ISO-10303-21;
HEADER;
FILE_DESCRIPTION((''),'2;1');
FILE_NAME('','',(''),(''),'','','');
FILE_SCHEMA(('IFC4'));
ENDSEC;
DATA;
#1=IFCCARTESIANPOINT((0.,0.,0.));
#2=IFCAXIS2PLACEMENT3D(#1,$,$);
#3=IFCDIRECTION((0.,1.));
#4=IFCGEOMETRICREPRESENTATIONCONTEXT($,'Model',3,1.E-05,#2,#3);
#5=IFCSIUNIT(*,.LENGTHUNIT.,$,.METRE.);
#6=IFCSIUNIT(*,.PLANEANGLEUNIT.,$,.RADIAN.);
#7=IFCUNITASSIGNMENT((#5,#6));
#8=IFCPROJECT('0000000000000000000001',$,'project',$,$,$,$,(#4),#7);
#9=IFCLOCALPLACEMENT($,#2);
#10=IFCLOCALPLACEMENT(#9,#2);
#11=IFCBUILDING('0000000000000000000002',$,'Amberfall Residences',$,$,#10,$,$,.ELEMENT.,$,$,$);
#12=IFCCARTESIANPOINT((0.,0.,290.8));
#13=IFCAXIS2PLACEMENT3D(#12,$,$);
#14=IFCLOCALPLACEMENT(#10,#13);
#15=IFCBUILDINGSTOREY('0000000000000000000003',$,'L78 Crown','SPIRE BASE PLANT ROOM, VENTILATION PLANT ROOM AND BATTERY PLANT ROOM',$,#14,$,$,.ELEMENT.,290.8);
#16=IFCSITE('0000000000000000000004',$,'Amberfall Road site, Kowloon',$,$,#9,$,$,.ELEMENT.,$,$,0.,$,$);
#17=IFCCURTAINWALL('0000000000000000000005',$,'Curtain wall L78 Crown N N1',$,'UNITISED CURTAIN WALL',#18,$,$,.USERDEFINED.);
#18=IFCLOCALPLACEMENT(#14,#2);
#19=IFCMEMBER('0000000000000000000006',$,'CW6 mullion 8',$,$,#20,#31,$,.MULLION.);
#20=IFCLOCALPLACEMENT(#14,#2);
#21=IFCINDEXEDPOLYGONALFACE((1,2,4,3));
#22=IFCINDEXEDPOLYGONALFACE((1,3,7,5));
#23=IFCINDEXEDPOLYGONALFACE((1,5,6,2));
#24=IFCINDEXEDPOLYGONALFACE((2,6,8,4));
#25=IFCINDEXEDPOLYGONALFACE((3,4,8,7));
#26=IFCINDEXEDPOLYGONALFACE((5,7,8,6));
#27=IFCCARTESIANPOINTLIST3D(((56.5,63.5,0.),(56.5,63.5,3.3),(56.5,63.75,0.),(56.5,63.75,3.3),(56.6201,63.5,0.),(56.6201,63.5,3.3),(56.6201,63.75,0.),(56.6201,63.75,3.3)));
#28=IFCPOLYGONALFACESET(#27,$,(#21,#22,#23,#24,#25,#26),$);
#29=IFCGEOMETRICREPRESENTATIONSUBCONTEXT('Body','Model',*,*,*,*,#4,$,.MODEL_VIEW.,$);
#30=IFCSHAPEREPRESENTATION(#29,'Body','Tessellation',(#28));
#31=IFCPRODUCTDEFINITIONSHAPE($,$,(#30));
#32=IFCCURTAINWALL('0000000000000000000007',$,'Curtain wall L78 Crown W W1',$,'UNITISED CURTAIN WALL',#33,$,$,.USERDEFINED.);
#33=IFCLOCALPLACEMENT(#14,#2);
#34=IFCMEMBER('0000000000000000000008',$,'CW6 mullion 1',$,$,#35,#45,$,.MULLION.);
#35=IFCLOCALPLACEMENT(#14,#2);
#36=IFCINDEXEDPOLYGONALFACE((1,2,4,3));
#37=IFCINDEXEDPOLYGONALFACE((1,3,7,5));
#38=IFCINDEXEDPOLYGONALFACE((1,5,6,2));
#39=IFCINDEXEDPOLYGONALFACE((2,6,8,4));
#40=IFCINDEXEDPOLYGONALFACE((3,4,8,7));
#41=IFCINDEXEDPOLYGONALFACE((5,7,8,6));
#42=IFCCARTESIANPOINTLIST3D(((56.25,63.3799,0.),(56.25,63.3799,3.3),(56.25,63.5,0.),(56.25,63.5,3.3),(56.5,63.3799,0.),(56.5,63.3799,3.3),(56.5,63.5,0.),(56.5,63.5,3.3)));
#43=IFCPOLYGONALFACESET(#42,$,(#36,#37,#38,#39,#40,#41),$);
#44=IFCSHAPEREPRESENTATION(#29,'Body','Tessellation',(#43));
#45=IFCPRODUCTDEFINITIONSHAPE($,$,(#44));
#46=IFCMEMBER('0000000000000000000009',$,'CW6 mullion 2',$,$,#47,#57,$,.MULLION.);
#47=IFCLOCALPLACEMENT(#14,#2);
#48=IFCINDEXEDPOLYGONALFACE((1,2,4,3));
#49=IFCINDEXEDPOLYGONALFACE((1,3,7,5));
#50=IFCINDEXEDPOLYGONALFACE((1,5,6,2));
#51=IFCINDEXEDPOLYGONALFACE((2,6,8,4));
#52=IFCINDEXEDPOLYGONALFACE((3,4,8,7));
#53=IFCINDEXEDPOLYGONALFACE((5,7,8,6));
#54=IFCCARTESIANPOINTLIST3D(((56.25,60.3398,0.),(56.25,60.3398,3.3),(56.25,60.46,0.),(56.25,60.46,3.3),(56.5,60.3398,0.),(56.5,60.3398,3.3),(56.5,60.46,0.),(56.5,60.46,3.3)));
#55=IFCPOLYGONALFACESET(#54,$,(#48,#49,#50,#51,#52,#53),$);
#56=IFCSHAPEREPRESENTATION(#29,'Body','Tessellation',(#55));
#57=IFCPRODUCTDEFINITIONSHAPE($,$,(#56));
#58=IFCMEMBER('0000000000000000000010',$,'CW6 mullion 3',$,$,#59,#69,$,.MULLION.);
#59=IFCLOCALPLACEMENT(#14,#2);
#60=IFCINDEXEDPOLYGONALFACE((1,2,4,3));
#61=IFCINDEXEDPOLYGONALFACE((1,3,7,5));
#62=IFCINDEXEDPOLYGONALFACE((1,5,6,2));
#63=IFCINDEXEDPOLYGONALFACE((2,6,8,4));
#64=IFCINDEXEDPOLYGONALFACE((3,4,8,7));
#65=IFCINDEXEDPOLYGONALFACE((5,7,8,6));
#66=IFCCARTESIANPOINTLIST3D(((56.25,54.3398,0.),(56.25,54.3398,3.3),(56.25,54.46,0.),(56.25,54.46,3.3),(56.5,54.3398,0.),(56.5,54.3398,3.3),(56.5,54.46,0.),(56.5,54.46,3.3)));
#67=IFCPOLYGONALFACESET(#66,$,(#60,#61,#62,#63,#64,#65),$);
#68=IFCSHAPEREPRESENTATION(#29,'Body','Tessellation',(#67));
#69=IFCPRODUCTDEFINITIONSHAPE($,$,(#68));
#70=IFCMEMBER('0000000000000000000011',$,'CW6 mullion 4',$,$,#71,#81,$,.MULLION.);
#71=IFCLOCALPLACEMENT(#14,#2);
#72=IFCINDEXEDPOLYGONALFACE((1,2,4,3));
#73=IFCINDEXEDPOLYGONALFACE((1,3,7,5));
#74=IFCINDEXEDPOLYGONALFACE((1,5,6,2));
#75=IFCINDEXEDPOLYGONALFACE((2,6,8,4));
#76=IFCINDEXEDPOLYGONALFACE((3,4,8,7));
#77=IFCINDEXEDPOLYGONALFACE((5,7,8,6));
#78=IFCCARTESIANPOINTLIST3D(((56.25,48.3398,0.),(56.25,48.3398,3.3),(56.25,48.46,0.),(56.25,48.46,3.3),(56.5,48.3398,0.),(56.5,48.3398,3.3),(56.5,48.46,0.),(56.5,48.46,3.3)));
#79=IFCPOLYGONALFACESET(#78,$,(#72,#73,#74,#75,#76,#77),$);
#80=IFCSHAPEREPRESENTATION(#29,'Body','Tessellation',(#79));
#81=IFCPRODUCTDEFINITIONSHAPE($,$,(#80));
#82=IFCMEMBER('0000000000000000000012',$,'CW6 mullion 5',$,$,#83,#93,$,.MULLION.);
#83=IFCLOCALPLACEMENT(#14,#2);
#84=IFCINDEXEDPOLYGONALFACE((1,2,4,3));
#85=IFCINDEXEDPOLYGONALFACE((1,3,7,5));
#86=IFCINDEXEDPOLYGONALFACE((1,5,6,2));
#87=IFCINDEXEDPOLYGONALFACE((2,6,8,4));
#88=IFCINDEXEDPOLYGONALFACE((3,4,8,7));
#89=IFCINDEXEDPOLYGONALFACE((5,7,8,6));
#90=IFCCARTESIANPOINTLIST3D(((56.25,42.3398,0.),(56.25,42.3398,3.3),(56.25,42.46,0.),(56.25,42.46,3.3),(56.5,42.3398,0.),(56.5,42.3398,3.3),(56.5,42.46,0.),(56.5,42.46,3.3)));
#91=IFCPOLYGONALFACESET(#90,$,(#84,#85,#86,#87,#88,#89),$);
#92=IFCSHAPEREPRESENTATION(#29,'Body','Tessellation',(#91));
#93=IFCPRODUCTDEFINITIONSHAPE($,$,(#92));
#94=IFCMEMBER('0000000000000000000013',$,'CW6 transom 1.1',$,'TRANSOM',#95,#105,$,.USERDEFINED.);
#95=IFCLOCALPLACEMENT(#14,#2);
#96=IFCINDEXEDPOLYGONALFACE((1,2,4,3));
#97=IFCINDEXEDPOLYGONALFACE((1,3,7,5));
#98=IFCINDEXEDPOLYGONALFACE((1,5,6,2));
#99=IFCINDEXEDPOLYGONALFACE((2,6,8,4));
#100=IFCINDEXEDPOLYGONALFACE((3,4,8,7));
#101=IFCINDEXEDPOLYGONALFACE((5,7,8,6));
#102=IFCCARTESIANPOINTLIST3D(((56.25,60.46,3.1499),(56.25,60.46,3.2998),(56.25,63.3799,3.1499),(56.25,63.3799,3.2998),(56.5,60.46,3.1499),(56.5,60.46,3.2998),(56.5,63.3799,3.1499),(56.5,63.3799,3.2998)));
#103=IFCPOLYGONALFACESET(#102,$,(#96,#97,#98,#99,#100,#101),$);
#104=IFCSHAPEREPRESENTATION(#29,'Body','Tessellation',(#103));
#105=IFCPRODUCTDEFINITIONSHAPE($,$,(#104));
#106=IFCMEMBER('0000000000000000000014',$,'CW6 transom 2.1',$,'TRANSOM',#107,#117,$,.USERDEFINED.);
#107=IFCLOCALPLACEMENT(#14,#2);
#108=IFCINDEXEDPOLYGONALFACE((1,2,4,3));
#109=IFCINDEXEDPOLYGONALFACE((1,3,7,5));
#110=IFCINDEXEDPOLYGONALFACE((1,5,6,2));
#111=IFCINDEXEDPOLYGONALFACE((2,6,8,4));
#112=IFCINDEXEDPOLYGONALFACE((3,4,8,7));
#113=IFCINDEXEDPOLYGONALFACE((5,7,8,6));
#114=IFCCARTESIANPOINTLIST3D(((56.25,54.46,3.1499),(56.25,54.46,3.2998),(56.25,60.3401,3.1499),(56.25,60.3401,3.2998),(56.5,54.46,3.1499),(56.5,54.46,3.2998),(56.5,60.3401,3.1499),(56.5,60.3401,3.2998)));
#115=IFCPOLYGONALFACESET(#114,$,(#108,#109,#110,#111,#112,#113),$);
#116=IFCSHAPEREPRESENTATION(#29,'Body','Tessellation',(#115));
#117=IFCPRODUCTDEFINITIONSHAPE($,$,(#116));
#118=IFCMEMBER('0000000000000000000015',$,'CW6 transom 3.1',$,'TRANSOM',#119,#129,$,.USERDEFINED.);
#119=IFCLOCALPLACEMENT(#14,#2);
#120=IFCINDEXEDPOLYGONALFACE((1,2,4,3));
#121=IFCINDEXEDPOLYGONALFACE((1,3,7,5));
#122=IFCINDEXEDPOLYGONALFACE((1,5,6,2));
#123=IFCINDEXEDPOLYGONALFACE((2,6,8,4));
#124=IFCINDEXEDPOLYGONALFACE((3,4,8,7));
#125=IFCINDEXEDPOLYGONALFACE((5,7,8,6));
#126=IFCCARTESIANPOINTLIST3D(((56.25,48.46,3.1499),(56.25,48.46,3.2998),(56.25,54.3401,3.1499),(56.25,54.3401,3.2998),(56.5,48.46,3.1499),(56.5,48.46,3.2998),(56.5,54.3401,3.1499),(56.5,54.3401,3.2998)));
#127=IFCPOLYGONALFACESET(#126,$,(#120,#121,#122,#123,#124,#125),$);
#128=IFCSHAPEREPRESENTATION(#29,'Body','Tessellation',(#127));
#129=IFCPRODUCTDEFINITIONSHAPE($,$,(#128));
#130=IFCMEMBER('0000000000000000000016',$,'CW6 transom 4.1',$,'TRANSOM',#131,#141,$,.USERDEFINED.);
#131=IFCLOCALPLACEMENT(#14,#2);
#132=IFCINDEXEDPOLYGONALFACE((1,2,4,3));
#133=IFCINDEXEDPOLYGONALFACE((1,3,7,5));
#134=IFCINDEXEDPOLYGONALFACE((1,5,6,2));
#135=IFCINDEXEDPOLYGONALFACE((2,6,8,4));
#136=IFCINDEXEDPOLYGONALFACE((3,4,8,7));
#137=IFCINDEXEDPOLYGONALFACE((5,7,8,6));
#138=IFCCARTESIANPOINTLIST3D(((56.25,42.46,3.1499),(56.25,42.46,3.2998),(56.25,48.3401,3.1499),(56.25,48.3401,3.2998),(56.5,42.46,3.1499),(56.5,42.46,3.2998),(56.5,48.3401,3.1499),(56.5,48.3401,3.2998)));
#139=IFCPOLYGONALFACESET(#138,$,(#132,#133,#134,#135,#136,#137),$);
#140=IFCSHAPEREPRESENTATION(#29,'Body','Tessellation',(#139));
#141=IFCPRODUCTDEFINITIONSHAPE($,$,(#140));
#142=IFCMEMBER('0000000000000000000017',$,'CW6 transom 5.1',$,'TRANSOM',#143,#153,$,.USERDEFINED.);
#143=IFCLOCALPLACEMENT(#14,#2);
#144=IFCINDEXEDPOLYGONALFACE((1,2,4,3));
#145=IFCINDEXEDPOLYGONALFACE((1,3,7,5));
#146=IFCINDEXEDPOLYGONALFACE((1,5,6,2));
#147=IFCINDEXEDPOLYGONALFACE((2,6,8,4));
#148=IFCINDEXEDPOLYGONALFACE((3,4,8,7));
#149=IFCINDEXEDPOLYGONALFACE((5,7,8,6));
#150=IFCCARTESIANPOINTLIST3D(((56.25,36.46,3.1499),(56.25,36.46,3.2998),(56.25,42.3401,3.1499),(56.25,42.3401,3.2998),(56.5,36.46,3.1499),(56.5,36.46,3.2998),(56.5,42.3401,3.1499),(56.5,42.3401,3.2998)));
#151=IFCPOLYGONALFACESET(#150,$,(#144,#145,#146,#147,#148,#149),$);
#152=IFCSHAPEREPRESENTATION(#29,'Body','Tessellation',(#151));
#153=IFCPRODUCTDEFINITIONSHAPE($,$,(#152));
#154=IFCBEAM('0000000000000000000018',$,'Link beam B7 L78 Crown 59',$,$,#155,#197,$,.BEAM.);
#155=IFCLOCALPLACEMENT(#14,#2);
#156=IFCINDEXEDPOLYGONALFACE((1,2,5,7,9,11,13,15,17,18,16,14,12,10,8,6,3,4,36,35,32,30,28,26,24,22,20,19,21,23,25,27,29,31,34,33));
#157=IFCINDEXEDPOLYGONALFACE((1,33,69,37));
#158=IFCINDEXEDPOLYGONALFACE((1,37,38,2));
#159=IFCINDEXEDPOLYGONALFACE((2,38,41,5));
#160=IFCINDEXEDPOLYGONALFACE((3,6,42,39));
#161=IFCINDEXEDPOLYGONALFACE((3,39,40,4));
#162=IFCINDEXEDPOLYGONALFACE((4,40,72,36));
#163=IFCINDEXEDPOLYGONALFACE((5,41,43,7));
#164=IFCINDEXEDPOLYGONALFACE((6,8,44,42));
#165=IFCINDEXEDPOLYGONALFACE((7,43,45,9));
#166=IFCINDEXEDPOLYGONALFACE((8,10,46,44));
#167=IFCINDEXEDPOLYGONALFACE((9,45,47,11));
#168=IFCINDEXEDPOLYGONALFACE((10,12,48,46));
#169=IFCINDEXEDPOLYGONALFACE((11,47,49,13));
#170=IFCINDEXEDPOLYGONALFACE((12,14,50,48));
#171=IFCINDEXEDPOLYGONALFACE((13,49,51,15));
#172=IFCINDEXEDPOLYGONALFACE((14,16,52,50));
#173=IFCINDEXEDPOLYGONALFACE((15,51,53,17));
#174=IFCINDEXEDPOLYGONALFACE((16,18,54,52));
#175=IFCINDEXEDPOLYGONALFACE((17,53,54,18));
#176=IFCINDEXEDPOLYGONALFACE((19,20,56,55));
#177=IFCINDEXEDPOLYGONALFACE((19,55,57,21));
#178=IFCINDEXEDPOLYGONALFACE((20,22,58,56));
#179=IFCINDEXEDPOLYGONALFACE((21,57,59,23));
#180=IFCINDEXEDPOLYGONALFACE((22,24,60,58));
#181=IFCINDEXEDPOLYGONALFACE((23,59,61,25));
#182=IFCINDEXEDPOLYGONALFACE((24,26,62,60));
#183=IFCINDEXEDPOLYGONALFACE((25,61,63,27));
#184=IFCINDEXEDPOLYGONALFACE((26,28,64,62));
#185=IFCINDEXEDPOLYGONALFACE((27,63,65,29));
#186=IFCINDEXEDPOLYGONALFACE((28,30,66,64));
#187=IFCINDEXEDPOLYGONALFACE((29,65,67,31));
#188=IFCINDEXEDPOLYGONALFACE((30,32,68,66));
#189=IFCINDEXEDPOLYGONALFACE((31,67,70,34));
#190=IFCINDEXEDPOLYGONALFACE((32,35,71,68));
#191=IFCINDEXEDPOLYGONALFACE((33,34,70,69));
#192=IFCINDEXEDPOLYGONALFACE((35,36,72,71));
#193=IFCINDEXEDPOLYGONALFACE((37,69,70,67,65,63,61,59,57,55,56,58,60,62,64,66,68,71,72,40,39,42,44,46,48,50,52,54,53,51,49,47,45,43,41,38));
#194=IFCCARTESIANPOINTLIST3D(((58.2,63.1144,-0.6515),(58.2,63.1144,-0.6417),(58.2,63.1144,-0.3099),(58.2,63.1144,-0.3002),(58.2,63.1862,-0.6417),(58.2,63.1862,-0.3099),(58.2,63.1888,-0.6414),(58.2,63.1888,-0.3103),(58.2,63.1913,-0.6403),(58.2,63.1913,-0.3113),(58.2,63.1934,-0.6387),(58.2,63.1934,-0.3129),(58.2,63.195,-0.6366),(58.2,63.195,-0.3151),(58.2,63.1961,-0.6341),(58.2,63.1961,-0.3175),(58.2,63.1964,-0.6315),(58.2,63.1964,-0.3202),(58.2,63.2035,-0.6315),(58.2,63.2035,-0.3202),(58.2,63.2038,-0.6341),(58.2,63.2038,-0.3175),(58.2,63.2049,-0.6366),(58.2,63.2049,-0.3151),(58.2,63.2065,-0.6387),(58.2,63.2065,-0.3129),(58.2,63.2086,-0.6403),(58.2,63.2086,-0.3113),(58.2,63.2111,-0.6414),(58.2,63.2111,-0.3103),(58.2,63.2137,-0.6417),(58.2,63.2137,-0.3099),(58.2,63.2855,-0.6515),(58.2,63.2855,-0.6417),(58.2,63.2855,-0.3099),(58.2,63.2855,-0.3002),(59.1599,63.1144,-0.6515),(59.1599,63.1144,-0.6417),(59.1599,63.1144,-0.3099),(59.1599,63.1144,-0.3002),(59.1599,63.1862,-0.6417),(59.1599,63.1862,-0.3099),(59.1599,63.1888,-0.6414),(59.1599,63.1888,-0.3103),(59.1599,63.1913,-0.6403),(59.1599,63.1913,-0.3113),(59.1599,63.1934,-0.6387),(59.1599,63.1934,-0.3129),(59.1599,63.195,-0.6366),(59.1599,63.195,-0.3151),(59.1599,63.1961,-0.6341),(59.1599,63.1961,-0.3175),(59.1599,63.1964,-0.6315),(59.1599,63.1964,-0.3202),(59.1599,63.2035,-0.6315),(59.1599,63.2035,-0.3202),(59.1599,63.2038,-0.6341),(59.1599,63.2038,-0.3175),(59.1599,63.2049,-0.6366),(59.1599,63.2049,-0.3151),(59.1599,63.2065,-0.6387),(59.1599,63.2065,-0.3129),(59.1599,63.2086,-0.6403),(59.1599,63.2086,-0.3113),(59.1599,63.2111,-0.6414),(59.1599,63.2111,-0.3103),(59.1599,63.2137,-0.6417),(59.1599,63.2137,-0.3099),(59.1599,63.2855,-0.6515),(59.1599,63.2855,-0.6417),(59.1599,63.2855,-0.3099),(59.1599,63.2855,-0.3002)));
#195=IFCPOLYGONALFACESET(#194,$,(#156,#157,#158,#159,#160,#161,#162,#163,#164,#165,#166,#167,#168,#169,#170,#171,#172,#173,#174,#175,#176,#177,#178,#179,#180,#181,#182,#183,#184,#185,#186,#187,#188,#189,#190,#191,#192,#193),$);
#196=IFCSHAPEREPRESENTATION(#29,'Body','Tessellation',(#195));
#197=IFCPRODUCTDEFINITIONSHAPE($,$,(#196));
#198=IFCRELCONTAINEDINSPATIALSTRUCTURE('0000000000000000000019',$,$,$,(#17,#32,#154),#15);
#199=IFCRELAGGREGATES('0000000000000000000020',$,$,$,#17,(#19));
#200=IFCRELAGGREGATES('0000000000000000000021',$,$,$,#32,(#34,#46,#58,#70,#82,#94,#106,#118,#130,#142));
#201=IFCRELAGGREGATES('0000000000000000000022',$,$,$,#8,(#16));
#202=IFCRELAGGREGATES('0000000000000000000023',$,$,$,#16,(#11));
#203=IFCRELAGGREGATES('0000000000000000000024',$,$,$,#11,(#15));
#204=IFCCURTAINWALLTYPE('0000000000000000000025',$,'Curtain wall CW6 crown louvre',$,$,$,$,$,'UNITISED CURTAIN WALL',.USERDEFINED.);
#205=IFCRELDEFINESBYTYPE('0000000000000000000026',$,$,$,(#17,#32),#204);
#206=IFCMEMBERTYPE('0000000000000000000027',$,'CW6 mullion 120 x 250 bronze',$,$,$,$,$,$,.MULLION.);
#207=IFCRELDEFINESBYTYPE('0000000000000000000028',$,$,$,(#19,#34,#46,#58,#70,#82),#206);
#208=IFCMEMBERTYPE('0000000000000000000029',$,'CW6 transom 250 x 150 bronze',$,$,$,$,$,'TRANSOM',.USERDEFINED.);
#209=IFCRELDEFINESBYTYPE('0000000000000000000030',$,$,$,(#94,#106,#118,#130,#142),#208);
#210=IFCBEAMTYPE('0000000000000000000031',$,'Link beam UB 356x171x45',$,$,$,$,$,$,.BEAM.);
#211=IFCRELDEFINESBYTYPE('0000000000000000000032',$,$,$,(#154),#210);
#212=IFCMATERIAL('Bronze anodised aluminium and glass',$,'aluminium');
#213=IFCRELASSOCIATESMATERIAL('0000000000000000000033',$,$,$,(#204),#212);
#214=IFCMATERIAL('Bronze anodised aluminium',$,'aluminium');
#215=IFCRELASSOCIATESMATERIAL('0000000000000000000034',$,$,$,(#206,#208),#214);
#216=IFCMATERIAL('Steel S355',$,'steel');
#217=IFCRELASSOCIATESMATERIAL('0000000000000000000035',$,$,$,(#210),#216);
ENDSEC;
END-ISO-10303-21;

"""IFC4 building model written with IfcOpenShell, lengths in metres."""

from ifc_helpers import new_model, si_unit, direction, frame, origin, origin_2d, place, context, subcontext, project, spatial, rectangle, i_section, extrude, material, material_profile, profile_set, type_object, element, aggregate, save


model = new_model("IFC4")

# Units and contexts
model_context = context("Model", 3, precision=1e-05, world=origin(), true_north=direction((0.0, 1.0)))
body_context = subcontext(model_context, "Body", "Model", "MODEL_VIEW")
ifc_project = project(units=[si_unit("LENGTHUNIT", "METRE"), si_unit("PLANEANGLEUNIT", "RADIAN")], contexts=[model_context])

# Site, building, storey
site_placement = place(None, origin())
site = spatial("IfcSite", under=ifc_project, at=site_placement, Name="Amberfall Road site, Kowloon", CompositionType="ELEMENT", RefElevation=0.0)
building_placement = place(site_placement, origin())
building = spatial("IfcBuilding", under=site, at=building_placement, Name="Amberfall Residences", CompositionType="ELEMENT")
storey_placement = place(building_placement, frame((0.0, 0.0, 290.8)))
storey = spatial("IfcBuildingStorey", under=building, at=storey_placement, Name="L78 Crown", Description="SPIRE BASE PLANT ROOM, VENTILATION PLANT ROOM AND BATTERY PLANT ROOM", CompositionType="ELEMENT", Elevation=290.8)

# Shared definitions
ifc_material_1 = material(Name="Steel S355", Category="steel")

# Curtain wall, member
ifc_material_2 = material(Name="Bronze anodised aluminium and glass", Category="aluminium")
curtain_wall_type = type_object("IfcCurtainWallType", Name="Curtain wall CW6 crown louvre", ElementType="UNITISED CURTAIN WALL", PredefinedType="USERDEFINED", material=ifc_material_2)
curtain_wall_1_placement = place(storey_placement, origin())
curtain_wall_1 = element("IfcCurtainWall", 1, at=curtain_wall_1_placement, inside=storey, type_object=curtain_wall_type, Name="Curtain wall L78 Crown N N1", ObjectType="UNITISED CURTAIN WALL", PredefinedType="USERDEFINED")
ifc_material_3 = material(Name="Bronze anodised aluminium", Category="aluminium")
ifc_material_profile_1 = material_profile(ifc_material_3, rectangle(XDim=0.25, YDim=0.1201, at=origin_2d()), Name="CW6 mullion 120 x 250 bronze")
ifc_profile_set_1 = profile_set([ifc_material_profile_1], Name="Bronze anodised aluminium")
member_type_1 = type_object("IfcMemberType", Name="CW6 mullion 120 x 250 bronze", PredefinedType="MULLION", material=ifc_profile_set_1)
member_1_placement = place(storey_placement, frame((56.5601, 63.625, 0.0), z_axis=(0.0, 0.0, 1.0), x_axis=(0.0, -1.0, 0.0)))
member_1 = element("IfcMember", 2, at=member_1_placement, type_object=member_type_1, Name="CW6 mullion 8", PredefinedType="MULLION", context=body_context, shape_type="SweptSolid", body=[
    extrude(rectangle(XDim=0.25, YDim=0.1201, at=origin_2d()), origin(), (0.0, 0.0, 1.0), 3.3),
])

# Curtain wall, members
curtain_wall_2_placement = place(storey_placement, origin())
curtain_wall_2 = element("IfcCurtainWall", 3, at=curtain_wall_2_placement, inside=storey, type_object=curtain_wall_type, Name="Curtain wall L78 Crown W W1", ObjectType="UNITISED CURTAIN WALL", PredefinedType="USERDEFINED")
member_2_placement = place(storey_placement, frame((56.375, 63.4399, 0.0), z_axis=(0.0, 0.0, 1.0), x_axis=(1.0, 0.0, 0.0)))
member_2 = element("IfcMember", 4, at=member_2_placement, type_object=member_type_1, Name="CW6 mullion 1", PredefinedType="MULLION", context=body_context, shape_type="SweptSolid", body=[
    extrude(rectangle(XDim=0.25, YDim=0.1201, at=origin_2d()), origin(), (0.0, 0.0, 1.0), 3.3),
])
member_3_placement = place(storey_placement, frame((56.375, 60.3999, 0.0), z_axis=(0.0, 0.0, 1.0), x_axis=(1.0, 0.0, 0.0)))
member_3 = element("IfcMember", 5, at=member_3_placement, type_object=member_type_1, Name="CW6 mullion 2", PredefinedType="MULLION", context=body_context, shape_type="SweptSolid", body=[
    extrude(rectangle(XDim=0.25, YDim=0.1201, at=origin_2d()), origin(), (0.0, 0.0, 1.0), 3.3),
])
member_4_placement = place(storey_placement, frame((56.375, 54.3999, 0.0), z_axis=(0.0, 0.0, 1.0), x_axis=(1.0, 0.0, 0.0)))
member_4 = element("IfcMember", 6, at=member_4_placement, type_object=member_type_1, Name="CW6 mullion 3", PredefinedType="MULLION", context=body_context, shape_type="SweptSolid", body=[
    extrude(rectangle(XDim=0.25, YDim=0.1201, at=origin_2d()), origin(), (0.0, 0.0, 1.0), 3.3),
])
member_5_placement = place(storey_placement, frame((56.375, 48.3999, 0.0), z_axis=(0.0, 0.0, 1.0), x_axis=(1.0, 0.0, 0.0)))
member_5 = element("IfcMember", 7, at=member_5_placement, type_object=member_type_1, Name="CW6 mullion 4", PredefinedType="MULLION", context=body_context, shape_type="SweptSolid", body=[
    extrude(rectangle(XDim=0.25, YDim=0.1201, at=origin_2d()), origin(), (0.0, 0.0, 1.0), 3.3),
])
member_6_placement = place(storey_placement, frame((56.375, 42.3999, 0.0), z_axis=(0.0, 0.0, 1.0), x_axis=(1.0, 0.0, 0.0)))
member_6 = element("IfcMember", 8, at=member_6_placement, type_object=member_type_1, Name="CW6 mullion 5", PredefinedType="MULLION", context=body_context, shape_type="SweptSolid", body=[
    extrude(rectangle(XDim=0.25, YDim=0.1201, at=origin_2d()), origin(), (0.0, 0.0, 1.0), 3.3),
])
ifc_material_profile_2 = material_profile(ifc_material_3, rectangle(XDim=0.25, YDim=0.1499, at=origin_2d()), Name="CW6 transom 250 x 150 bronze")
ifc_profile_set_2 = profile_set([ifc_material_profile_2], Name="Bronze anodised aluminium")
member_type_2 = type_object("IfcMemberType", Name="CW6 transom 250 x 150 bronze", ElementType="TRANSOM", PredefinedType="USERDEFINED", material=ifc_profile_set_2)
member_7_placement = place(storey_placement, frame((56.375, 63.3799, 3.2249), z_axis=(0.0, -1.0, 0.0), x_axis=(1.0, 0.0, 0.0)))
member_7 = element("IfcMember", 9, at=member_7_placement, type_object=member_type_2, Name="CW6 transom 1.1", ObjectType="TRANSOM", PredefinedType="USERDEFINED", context=body_context, shape_type="SweptSolid", body=[
    extrude(rectangle(XDim=0.25, YDim=0.1499, at=origin_2d()), origin(), (0.0, 0.0, 1.0), 2.9199),
])
member_8_placement = place(storey_placement, frame((56.375, 60.3401, 3.2249), z_axis=(0.0, -1.0, 0.0), x_axis=(1.0, 0.0, 0.0)))
member_8 = element("IfcMember", 10, at=member_8_placement, type_object=member_type_2, Name="CW6 transom 2.1", ObjectType="TRANSOM", PredefinedType="USERDEFINED", context=body_context, shape_type="SweptSolid", body=[
    extrude(rectangle(XDim=0.25, YDim=0.1499, at=origin_2d()), origin(), (0.0, 0.0, 1.0), 5.8801),
])
member_9_placement = place(storey_placement, frame((56.375, 54.3401, 3.2249), z_axis=(0.0, -1.0, 0.0), x_axis=(1.0, 0.0, 0.0)))
member_9 = element("IfcMember", 11, at=member_9_placement, type_object=member_type_2, Name="CW6 transom 3.1", ObjectType="TRANSOM", PredefinedType="USERDEFINED", context=body_context, shape_type="SweptSolid", body=[
    extrude(rectangle(XDim=0.25, YDim=0.1499, at=origin_2d()), origin(), (0.0, 0.0, 1.0), 5.8801),
])
member_10_placement = place(storey_placement, frame((56.375, 48.3401, 3.2249), z_axis=(0.0, -1.0, 0.0), x_axis=(1.0, 0.0, 0.0)))
member_10 = element("IfcMember", 12, at=member_10_placement, type_object=member_type_2, Name="CW6 transom 4.1", ObjectType="TRANSOM", PredefinedType="USERDEFINED", context=body_context, shape_type="SweptSolid", body=[
    extrude(rectangle(XDim=0.25, YDim=0.1499, at=origin_2d()), origin(), (0.0, 0.0, 1.0), 5.8801),
])
member_11_placement = place(storey_placement, frame((56.375, 42.3401, 3.2249), z_axis=(0.0, -1.0, 0.0), x_axis=(1.0, 0.0, 0.0)))
member_11 = element("IfcMember", 13, at=member_11_placement, type_object=member_type_2, Name="CW6 transom 5.1", ObjectType="TRANSOM", PredefinedType="USERDEFINED", context=body_context, shape_type="SweptSolid", body=[
    extrude(rectangle(XDim=0.25, YDim=0.1499, at=origin_2d()), origin(), (0.0, 0.0, 1.0), 5.8801),
])

# Beam
ifc_material_profile_3 = material_profile(ifc_material_1, i_section(OverallWidth=0.1711, OverallDepth=0.3513, WebThickness=0.0071, FlangeThickness=0.0098, FilletRadius=0.0103, at=origin_2d()), Name="UB 356x171x45")
ifc_profile_set_3 = profile_set([ifc_material_profile_3], Name="Steel S355")
beam_type_1 = type_object("IfcBeamType", Name="Link beam UB 356x171x45", PredefinedType="BEAM", material=ifc_profile_set_3)
beam_1_placement = place(storey_placement, frame((58.2, 63.2, -0.4758), z_axis=(1.0, 0.0, 0.0), x_axis=(0.0, 1.0, 0.0)))
element("IfcBeam", 14, at=beam_1_placement, inside=storey, type_object=beam_type_1, Name="Link beam B7 L78 Crown 59", PredefinedType="BEAM", context=body_context, shape_type="SweptSolid", body=[
    extrude(i_section(OverallWidth=0.1711, OverallDepth=0.3513, WebThickness=0.0071, FlangeThickness=0.0098, FilletRadius=0.0103, at=origin_2d()), origin(), (0.0, 0.0, 1.0), 0.96),
])

aggregate(curtain_wall_1, [member_1])
aggregate(curtain_wall_2, [member_2, member_3, member_4, member_5, member_6, member_7, member_8, member_9, member_10, member_11])

save(model, "model.ifc")
